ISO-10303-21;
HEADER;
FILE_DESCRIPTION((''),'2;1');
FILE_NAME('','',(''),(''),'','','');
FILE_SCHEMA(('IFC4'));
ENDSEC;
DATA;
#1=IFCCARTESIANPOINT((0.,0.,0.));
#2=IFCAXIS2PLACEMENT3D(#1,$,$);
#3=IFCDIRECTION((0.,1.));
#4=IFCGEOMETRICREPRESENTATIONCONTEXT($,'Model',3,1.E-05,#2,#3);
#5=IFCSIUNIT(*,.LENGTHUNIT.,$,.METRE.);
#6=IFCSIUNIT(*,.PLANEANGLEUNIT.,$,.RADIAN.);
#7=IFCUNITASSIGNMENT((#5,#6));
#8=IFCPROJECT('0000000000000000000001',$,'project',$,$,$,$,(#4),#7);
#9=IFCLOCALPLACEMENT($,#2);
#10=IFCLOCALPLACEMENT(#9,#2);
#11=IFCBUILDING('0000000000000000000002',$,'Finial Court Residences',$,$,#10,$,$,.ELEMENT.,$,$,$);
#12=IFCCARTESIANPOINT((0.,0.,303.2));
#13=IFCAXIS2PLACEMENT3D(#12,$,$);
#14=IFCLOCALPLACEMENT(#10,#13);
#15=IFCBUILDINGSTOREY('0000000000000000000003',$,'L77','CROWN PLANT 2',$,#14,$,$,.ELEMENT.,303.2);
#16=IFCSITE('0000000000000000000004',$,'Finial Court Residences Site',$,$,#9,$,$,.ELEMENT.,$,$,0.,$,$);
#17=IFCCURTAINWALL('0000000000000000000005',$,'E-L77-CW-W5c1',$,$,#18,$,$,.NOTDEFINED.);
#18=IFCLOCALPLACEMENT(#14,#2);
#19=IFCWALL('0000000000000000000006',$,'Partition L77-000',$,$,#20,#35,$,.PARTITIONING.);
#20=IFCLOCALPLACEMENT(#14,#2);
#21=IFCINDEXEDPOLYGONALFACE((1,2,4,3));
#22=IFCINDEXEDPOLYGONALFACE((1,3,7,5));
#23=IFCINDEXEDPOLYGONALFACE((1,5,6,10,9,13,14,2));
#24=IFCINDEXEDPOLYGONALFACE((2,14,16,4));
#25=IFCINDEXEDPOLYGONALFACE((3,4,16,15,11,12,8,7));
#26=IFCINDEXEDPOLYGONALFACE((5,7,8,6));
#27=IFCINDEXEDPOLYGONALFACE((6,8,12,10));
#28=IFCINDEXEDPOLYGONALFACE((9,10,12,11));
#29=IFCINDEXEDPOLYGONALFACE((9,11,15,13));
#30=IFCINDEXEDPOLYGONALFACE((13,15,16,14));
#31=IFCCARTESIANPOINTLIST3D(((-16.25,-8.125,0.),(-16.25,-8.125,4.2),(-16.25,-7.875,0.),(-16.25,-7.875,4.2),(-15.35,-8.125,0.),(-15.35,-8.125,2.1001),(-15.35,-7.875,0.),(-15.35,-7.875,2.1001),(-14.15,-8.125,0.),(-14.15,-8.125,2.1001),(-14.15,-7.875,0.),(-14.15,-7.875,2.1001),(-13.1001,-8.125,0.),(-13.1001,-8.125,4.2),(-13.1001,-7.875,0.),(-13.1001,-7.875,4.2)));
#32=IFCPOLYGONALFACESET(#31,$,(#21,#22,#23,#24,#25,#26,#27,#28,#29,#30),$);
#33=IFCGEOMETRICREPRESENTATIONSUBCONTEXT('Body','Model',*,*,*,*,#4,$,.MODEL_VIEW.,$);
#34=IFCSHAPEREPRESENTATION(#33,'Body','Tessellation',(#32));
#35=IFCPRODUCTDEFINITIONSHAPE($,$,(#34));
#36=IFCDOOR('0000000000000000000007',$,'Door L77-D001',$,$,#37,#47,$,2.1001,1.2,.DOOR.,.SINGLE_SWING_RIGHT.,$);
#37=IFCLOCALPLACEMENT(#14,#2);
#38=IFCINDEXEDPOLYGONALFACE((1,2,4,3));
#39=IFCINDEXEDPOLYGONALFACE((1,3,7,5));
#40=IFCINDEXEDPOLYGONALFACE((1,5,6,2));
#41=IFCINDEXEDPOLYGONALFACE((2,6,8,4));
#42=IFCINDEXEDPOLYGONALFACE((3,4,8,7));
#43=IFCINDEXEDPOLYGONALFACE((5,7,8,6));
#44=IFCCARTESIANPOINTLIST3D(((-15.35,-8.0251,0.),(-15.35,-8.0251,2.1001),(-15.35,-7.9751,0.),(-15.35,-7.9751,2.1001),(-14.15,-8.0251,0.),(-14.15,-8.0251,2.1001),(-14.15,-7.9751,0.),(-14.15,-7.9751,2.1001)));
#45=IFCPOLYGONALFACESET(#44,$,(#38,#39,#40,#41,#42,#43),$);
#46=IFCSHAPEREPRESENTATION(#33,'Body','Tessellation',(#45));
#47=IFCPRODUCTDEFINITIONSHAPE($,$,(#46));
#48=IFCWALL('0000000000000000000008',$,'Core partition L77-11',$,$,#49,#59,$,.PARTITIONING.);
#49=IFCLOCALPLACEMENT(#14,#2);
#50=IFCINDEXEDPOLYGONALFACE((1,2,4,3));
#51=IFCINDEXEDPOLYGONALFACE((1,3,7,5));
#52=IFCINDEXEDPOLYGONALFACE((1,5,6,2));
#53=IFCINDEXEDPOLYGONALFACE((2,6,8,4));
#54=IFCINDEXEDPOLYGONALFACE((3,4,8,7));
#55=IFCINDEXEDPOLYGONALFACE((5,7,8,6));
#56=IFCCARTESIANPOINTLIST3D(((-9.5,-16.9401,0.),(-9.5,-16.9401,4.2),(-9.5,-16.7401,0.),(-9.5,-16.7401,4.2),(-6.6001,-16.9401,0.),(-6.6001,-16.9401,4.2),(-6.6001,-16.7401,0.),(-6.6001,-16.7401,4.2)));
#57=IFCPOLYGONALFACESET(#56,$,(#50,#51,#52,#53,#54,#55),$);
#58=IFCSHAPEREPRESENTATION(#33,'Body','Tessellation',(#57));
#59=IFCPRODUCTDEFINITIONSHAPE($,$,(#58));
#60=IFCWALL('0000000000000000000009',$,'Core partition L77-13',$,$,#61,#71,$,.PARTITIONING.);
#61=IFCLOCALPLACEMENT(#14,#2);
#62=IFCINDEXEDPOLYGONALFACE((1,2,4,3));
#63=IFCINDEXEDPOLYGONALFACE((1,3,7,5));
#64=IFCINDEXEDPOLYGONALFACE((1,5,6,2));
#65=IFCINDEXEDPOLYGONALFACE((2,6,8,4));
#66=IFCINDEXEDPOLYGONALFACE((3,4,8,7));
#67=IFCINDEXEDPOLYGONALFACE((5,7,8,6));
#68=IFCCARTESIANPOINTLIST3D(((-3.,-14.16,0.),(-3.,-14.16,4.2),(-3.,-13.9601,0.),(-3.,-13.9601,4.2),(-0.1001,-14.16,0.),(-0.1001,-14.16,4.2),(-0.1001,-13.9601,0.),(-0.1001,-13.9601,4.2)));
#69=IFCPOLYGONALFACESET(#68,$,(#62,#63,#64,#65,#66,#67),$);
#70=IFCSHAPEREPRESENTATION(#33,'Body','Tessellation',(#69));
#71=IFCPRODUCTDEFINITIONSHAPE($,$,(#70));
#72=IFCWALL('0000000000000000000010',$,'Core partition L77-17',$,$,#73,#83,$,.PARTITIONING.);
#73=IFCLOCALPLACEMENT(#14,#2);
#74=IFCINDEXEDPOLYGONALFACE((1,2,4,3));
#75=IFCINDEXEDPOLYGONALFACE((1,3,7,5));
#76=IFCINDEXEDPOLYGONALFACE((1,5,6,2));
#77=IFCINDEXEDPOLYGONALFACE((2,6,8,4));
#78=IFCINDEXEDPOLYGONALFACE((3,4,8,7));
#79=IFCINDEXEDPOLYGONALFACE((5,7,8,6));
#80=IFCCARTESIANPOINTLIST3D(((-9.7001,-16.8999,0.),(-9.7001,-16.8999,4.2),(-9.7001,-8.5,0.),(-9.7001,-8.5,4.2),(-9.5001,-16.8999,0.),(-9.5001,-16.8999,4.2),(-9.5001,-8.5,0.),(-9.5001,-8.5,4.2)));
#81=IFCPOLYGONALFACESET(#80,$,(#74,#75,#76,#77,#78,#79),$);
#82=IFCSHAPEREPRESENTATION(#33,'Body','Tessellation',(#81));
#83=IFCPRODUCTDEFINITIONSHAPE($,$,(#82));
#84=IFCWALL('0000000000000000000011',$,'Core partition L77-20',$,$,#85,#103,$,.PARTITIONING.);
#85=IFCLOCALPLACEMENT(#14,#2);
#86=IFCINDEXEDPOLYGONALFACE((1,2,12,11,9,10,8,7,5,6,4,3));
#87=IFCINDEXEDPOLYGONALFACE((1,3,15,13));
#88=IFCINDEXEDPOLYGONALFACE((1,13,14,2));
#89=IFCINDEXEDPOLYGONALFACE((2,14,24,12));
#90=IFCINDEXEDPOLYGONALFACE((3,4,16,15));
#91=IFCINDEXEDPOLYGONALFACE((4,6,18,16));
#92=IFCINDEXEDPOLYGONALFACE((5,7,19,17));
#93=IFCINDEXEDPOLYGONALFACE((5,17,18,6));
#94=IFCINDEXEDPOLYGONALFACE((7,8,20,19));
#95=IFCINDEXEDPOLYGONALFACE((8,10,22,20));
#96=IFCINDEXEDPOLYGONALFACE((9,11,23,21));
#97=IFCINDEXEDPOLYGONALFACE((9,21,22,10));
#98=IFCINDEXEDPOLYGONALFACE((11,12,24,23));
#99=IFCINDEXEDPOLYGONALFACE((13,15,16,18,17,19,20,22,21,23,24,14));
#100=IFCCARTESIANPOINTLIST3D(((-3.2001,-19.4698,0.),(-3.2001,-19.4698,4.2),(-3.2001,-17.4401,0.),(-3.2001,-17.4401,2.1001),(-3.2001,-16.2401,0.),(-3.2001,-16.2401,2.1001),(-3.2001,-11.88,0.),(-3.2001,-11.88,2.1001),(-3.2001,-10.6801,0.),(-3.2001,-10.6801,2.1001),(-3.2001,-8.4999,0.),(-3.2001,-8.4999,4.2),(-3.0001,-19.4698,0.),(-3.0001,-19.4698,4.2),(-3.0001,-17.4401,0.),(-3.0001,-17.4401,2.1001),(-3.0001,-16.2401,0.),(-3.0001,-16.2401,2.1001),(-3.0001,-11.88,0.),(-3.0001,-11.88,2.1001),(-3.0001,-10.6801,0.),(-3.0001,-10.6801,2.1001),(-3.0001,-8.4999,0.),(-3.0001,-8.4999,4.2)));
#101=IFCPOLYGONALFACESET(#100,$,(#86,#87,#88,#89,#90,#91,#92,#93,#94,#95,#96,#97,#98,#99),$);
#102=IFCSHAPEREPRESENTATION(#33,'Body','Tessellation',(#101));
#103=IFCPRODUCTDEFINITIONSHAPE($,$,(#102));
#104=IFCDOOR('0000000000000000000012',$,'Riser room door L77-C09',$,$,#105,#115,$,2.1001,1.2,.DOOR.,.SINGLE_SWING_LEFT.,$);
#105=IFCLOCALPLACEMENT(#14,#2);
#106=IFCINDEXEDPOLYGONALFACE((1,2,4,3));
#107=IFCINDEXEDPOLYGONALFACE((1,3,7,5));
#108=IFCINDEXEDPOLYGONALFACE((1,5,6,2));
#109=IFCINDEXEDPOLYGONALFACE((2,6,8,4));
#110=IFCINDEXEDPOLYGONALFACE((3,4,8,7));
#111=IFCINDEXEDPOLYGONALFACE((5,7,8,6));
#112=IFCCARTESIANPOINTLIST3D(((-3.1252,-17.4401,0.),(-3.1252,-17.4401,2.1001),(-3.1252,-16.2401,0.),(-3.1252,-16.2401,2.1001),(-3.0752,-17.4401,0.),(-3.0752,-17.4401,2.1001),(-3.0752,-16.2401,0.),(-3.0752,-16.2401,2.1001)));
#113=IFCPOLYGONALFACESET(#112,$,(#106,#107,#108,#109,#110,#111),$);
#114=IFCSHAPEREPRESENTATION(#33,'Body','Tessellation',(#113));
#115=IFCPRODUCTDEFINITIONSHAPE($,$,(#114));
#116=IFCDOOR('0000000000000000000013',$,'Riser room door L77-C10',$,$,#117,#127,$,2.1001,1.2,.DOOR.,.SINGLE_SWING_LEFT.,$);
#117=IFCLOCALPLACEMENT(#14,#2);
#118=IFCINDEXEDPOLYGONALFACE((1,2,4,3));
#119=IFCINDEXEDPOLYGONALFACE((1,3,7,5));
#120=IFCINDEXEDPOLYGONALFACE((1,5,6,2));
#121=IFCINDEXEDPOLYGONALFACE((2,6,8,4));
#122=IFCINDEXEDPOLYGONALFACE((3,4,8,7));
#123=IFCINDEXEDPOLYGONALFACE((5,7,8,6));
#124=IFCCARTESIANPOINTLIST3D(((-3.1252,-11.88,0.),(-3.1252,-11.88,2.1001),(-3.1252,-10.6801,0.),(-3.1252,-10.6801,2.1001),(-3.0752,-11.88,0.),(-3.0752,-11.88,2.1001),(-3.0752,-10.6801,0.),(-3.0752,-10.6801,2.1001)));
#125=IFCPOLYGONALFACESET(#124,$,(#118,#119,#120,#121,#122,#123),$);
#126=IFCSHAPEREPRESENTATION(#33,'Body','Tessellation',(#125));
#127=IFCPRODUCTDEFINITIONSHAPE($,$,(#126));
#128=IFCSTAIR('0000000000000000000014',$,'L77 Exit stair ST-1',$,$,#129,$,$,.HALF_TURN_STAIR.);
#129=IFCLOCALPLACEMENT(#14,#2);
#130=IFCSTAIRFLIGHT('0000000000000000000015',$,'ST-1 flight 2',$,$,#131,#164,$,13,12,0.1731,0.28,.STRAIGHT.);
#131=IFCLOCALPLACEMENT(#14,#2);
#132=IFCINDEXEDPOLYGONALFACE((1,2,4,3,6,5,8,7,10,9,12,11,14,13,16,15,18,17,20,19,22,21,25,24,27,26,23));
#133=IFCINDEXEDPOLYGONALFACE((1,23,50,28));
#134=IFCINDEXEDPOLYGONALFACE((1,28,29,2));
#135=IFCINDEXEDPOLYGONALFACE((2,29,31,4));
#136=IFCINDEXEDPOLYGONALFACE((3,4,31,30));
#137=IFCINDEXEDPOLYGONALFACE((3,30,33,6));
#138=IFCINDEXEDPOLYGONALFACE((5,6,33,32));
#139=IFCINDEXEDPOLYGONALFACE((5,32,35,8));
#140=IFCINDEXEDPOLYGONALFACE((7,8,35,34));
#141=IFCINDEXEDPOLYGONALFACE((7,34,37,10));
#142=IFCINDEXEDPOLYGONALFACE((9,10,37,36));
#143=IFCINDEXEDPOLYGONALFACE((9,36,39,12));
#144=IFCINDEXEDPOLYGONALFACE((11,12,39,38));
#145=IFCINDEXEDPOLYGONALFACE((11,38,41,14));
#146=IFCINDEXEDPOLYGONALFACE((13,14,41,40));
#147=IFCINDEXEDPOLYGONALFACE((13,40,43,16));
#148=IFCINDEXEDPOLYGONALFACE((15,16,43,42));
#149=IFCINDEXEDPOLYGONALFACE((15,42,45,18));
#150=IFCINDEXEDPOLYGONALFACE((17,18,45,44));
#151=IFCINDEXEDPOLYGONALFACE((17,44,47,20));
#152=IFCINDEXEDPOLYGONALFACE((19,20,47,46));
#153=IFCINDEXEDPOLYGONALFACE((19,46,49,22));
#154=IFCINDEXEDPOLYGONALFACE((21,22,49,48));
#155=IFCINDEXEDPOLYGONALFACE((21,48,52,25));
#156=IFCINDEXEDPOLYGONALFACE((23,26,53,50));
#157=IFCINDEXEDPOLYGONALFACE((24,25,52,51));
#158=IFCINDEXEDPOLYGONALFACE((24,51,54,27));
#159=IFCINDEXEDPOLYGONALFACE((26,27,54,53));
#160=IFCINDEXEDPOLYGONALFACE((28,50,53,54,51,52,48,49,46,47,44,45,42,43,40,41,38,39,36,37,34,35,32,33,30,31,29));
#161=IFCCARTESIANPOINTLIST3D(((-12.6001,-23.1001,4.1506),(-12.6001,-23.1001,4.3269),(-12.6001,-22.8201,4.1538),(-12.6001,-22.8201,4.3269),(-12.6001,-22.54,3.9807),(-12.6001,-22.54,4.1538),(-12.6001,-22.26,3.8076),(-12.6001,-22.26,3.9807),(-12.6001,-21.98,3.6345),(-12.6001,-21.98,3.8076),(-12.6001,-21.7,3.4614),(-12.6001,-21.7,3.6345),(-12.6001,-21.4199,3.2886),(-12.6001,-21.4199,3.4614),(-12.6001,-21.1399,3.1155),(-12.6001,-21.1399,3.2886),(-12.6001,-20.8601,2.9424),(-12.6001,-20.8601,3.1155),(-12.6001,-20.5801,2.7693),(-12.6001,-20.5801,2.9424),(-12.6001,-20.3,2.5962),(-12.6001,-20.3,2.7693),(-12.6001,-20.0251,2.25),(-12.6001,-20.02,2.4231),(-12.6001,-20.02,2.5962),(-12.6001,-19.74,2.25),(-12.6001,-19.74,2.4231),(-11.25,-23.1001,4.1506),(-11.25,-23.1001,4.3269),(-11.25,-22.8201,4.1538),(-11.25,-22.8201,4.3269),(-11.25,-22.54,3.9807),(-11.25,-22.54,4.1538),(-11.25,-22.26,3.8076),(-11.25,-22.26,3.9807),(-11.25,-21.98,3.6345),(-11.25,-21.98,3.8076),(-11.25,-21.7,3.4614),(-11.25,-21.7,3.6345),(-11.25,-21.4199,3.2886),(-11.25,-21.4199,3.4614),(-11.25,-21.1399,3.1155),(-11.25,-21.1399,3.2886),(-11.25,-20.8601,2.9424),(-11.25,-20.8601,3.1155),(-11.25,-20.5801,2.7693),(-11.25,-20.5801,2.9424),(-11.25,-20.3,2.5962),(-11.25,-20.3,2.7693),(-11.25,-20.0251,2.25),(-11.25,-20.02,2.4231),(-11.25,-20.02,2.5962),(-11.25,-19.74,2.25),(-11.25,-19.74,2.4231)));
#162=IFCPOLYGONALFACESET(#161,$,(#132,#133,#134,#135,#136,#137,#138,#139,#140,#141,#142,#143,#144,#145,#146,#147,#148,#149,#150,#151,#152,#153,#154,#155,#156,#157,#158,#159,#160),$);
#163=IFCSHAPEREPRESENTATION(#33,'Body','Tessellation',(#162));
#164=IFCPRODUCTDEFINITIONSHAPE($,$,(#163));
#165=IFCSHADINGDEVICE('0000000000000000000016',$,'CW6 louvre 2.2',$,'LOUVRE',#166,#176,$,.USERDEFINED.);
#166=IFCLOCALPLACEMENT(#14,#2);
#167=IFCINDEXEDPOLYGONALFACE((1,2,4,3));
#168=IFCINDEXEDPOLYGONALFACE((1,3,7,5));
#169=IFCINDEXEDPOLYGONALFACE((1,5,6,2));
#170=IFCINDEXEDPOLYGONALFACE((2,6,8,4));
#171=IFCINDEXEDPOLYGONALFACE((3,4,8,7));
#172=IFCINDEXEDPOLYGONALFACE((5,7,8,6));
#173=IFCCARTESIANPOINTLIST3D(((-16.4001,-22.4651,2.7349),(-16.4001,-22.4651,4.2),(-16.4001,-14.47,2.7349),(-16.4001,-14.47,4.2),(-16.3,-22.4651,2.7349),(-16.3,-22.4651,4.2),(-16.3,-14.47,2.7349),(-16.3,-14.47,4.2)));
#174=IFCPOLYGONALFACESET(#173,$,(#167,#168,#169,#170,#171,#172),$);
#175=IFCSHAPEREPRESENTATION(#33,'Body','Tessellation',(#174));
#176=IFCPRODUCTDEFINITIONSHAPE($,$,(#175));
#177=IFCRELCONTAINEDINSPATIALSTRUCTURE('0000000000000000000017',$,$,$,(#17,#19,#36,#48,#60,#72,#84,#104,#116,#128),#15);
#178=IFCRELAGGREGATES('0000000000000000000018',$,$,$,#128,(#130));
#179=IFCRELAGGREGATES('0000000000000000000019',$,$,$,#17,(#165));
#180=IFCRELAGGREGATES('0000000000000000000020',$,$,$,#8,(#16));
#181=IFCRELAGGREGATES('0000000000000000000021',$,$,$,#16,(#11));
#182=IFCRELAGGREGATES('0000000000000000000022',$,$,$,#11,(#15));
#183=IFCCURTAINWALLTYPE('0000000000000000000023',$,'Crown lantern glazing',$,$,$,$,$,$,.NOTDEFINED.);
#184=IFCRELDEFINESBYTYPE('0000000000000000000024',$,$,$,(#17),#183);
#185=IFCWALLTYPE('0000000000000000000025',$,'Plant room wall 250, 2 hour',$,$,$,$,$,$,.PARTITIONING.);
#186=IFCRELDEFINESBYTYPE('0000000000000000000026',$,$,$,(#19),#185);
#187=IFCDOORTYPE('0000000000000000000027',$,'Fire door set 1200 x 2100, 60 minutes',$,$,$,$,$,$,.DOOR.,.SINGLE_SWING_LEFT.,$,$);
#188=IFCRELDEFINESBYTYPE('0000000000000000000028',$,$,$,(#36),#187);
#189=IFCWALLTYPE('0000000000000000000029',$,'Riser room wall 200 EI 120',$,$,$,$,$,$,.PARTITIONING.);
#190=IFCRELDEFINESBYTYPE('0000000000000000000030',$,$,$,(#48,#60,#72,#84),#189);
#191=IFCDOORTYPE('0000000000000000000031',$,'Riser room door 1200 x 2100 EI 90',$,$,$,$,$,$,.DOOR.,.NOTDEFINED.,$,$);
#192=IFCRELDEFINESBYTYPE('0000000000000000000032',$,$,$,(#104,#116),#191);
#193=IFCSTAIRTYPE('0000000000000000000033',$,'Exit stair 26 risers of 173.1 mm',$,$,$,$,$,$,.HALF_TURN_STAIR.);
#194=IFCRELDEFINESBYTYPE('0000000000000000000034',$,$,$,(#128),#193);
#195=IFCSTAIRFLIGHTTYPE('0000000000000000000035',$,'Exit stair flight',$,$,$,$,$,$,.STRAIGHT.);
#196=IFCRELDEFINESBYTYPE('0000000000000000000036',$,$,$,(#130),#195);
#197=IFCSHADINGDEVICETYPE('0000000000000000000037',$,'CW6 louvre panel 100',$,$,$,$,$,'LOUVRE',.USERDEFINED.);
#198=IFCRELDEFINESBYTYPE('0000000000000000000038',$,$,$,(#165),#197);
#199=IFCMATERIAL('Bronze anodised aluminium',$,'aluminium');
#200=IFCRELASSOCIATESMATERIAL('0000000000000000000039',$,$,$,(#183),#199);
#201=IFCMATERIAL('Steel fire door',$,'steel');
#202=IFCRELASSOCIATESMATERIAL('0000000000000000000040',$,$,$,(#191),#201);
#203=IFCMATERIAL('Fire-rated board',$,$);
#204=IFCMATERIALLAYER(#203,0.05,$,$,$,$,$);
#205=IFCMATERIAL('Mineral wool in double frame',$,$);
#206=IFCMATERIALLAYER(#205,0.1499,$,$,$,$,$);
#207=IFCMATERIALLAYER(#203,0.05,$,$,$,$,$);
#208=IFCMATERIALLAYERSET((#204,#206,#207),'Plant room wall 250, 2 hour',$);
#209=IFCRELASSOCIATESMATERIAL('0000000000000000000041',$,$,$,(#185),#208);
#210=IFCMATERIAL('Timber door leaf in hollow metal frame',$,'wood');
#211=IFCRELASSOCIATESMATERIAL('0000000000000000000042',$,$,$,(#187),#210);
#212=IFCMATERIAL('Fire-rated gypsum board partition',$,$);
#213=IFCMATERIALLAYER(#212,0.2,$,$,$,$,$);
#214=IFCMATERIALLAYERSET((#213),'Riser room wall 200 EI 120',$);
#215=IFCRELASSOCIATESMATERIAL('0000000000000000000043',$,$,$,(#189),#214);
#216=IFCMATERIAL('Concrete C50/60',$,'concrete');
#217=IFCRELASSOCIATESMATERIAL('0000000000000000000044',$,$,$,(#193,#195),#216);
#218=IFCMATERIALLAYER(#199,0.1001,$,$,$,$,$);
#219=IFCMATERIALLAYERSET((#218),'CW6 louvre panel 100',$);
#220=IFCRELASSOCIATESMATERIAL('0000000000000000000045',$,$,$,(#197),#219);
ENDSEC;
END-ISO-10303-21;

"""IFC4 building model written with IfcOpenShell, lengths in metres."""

from ifc_helpers import new_model, si_unit, direction, frame, frame_2d, origin, origin_2d, place, context, subcontext, project, spatial, polyline, rectangle, outline, extrude, material, layer, layer_set, type_object, element, fill, aggregate, save


model = new_model("IFC4")

# Units and contexts
model_context = context("Model", 3, precision=1e-05, world=origin(), true_north=direction((0.0, 1.0)))
body_context = subcontext(model_context, "Body", "Model", "MODEL_VIEW")
ifc_project = project(units=[si_unit("LENGTHUNIT", "METRE"), si_unit("PLANEANGLEUNIT", "RADIAN")], contexts=[model_context])

# Site, building, storey
site_placement = place(None, origin())
site = spatial("IfcSite", under=ifc_project, at=site_placement, Name="Finial Court Residences Site", CompositionType="ELEMENT", RefElevation=0.0)
building_placement = place(site_placement, origin())
building = spatial("IfcBuilding", under=site, at=building_placement, Name="Finial Court Residences", CompositionType="ELEMENT")
storey_placement = place(building_placement, frame((0.0, 0.0, 303.2)))
storey = spatial("IfcBuildingStorey", under=building, at=storey_placement, Name="L77", Description="CROWN PLANT 2", CompositionType="ELEMENT", Elevation=303.2)

# Curtain wall
ifc_material_1 = material(Name="Bronze anodised aluminium", Category="aluminium")
curtain_wall_type = type_object("IfcCurtainWallType", Name="Crown lantern glazing", PredefinedType="NOTDEFINED", material=ifc_material_1)
curtain_wall_1_placement = place(storey_placement, origin())
curtain_wall_1 = element("IfcCurtainWall", 1, at=curtain_wall_1_placement, inside=storey, type_object=curtain_wall_type, Name="E-L77-CW-W5c1", PredefinedType="NOTDEFINED")

# Shared definitions
ifc_material_2 = material(Name="Concrete C50/60", Category="concrete")
ifc_material_3 = material(Name="Steel fire door", Category="steel")
door_type_1 = type_object("IfcDoorType", Name="Riser room door 1200 x 2100 EI 90", OperationType="NOTDEFINED", PredefinedType="DOOR", material=ifc_material_3)

# Wall, opening, door
ifc_material_4 = material(Name="Fire-rated board")
ifc_layer_1 = layer(ifc_material_4, 0.05)
ifc_material_5 = material(Name="Mineral wool in double frame")
ifc_layer_2 = layer(ifc_material_5, 0.1499)
ifc_layer_3 = layer(ifc_material_4, 0.05)
ifc_layer_set_1 = layer_set([ifc_layer_1, ifc_layer_2, ifc_layer_3], Name="Plant room wall 250, 2 hour")
wall_type_1 = type_object("IfcWallType", Name="Plant room wall 250, 2 hour", PredefinedType="PARTITIONING", material=ifc_layer_set_1)
wall_1_placement = place(storey_placement, frame((-16.25, -8.0, 0.0), z_axis=(0.0, 0.0, 1.0), x_axis=(1.0, 0.0, 0.0)))
wall_1 = element("IfcWall", 2, at=wall_1_placement, inside=storey, type_object=wall_type_1, Name="Partition L77-000", PredefinedType="PARTITIONING", context=body_context, shape_type="SweptSolid", body=[
    extrude(rectangle(XDim=3.1499, YDim=0.25, at=frame_2d((1.575, 0.0))), origin(), (0.0, 0.0, 1.0), 4.2),
])
opening_1_placement = place(wall_1_placement, frame((0.8999, 0.0, 0.0)))
opening_1 = element("IfcOpeningElement", 3, at=opening_1_placement, cuts=wall_1, PredefinedType="OPENING", context=body_context, shape_type="SweptSolid", body=[
    extrude(rectangle(XDim=1.2, YDim=2.1001, at=frame_2d((0.6001, 1.05))), frame((0.0, 0.135, 0.0), z_axis=(0.0, -1.0, 0.0), x_axis=(1.0, 0.0, 0.0)), (0.0, 0.0, 1.0), 0.27),
])
ifc_material_6 = material(Name="Timber door leaf in hollow metal frame", Category="wood")
door_type_2 = type_object("IfcDoorType", Name="Fire door set 1200 x 2100, 60 minutes", OperationType="SINGLE_SWING_LEFT", PredefinedType="DOOR", material=ifc_material_6)
door_1_placement = place(opening_1_placement, origin())
door_1 = element("IfcDoor", 4, at=door_1_placement, inside=storey, type_object=door_type_2, Name="Door L77-D001", OperationType="SINGLE_SWING_RIGHT", OverallHeight=2.1001, OverallWidth=1.2, PredefinedType="DOOR", context=body_context, shape_type="SweptSolid", body=[
    extrude(rectangle(XDim=1.2, YDim=2.1001, at=frame_2d((0.6001, 1.05))), frame((0.0, 0.0249, 0.0), z_axis=(0.0, -1.0, 0.0), x_axis=(1.0, 0.0, 0.0)), (0.0, 0.0, 1.0), 0.05),
])
fill(opening_1, door_1)

# Walls
ifc_material_7 = material(Name="Fire-rated gypsum board partition")
ifc_layer_4 = layer(ifc_material_7, 0.2)
ifc_layer_set_2 = layer_set([ifc_layer_4], Name="Riser room wall 200 EI 120")
wall_type_2 = type_object("IfcWallType", Name="Riser room wall 200 EI 120", PredefinedType="PARTITIONING", material=ifc_layer_set_2)
for number, where, z_axis, x_axis, name in (
    (5, (-9.5, -16.8401, 0.0), (0.0, 0.0, 1.0), (1.0, 0.0, 0.0), "Core partition L77-11"),
    (6, (-3.0, -14.0601, 0.0), (0.0, 0.0, 1.0), (1.0, 0.0, 0.0), "Core partition L77-13"),
):
    element("IfcWall", number, at=place(storey_placement, frame(where, z_axis=z_axis, x_axis=x_axis)), inside=storey, type_object=wall_type_2, Name=name, PredefinedType="PARTITIONING", context=body_context, shape_type="SweptSolid", body=[
        extrude(rectangle(XDim=2.8999, YDim=0.2, at=frame_2d((1.45, 0.0))), origin(), (0.0, 0.0, 1.0), 4.2),
    ])
wall_2_placement = place(storey_placement, frame((-9.6001, -16.8999, 0.0), z_axis=(0.0, 0.0, 1.0), x_axis=(0.0, 1.0, 0.0)))
element("IfcWall", 7, at=wall_2_placement, inside=storey, type_object=wall_type_2, Name="Core partition L77-17", PredefinedType="PARTITIONING", context=body_context, shape_type="SweptSolid", body=[
    extrude(rectangle(XDim=8.3999, YDim=0.2, at=frame_2d((4.2, 0.0))), origin(), (0.0, 0.0, 1.0), 4.2),
])

# Wall, openings, doors
wall_3_placement = place(storey_placement, frame((-3.1001, -8.5, 0.0), z_axis=(0.0, 0.0, 1.0), x_axis=(0.0, -1.0, 0.0)))
wall_3 = element("IfcWall", 8, at=wall_3_placement, inside=storey, type_object=wall_type_2, Name="Core partition L77-20", PredefinedType="PARTITIONING", context=body_context, shape_type="SweptSolid", body=[
    extrude(rectangle(XDim=10.97, YDim=0.2, at=frame_2d((5.4849, 0.0))), origin(), (0.0, 0.0, 1.0), 4.2),
])
opening_2_placement = place(wall_3_placement, frame((7.74, 0.0, 0.0)))
opening_2 = element("IfcOpeningElement", 9, at=opening_2_placement, cuts=wall_3, PredefinedType="OPENING", context=body_context, shape_type="SweptSolid", body=[
    extrude(rectangle(XDim=1.2, YDim=2.1001, at=frame_2d((0.6001, 1.05))), frame((0.0, 0.1099, 0.0), z_axis=(0.0, -1.0, 0.0), x_axis=(1.0, 0.0, 0.0)), (0.0, 0.0, 1.0), 0.22),
])
opening_3_placement = place(wall_3_placement, frame((2.1799, 0.0, 0.0)))
opening_3 = element("IfcOpeningElement", 10, at=opening_3_placement, cuts=wall_3, PredefinedType="OPENING", context=body_context, shape_type="SweptSolid", body=[
    extrude(rectangle(XDim=1.2, YDim=2.1001, at=frame_2d((0.6001, 1.05))), frame((0.0, 0.1099, 0.0), z_axis=(0.0, -1.0, 0.0), x_axis=(1.0, 0.0, 0.0)), (0.0, 0.0, 1.0), 0.22),
])
door_2_placement = place(opening_2_placement, origin())
door_2 = element("IfcDoor", 11, at=door_2_placement, inside=storey, type_object=door_type_1, Name="Riser room door L77-C09", OperationType="SINGLE_SWING_LEFT", OverallHeight=2.1001, OverallWidth=1.2, PredefinedType="DOOR", context=body_context, shape_type="SweptSolid", body=[
    extrude(rectangle(XDim=1.2, YDim=2.1001, at=frame_2d((0.6001, 1.05))), frame((0.0, 0.0249, 0.0), z_axis=(0.0, -1.0, 0.0), x_axis=(1.0, 0.0, 0.0)), (0.0, 0.0, 1.0), 0.05),
])
fill(opening_2, door_2)
door_3_placement = place(opening_3_placement, origin())
door_3 = element("IfcDoor", 12, at=door_3_placement, inside=storey, type_object=door_type_1, Name="Riser room door L77-C10", OperationType="SINGLE_SWING_LEFT", OverallHeight=2.1001, OverallWidth=1.2, PredefinedType="DOOR", context=body_context, shape_type="SweptSolid", body=[
    extrude(rectangle(XDim=1.2, YDim=2.1001, at=frame_2d((0.6001, 1.05))), frame((0.0, 0.0249, 0.0), z_axis=(0.0, -1.0, 0.0), x_axis=(1.0, 0.0, 0.0)), (0.0, 0.0, 1.0), 0.05),
])
fill(opening_3, door_3)

# Stair, stair flight
stair_type = type_object("IfcStairType", Name="Exit stair 26 risers of 173.1 mm", PredefinedType="HALF_TURN_STAIR", material=ifc_material_2)
stair_placement = place(storey_placement, origin())
stair = element("IfcStair", 13, at=stair_placement, inside=storey, type_object=stair_type, Name="L77 Exit stair ST-1", PredefinedType="HALF_TURN_STAIR")
stair_flight_type = type_object("IfcStairFlightType", Name="Exit stair flight", PredefinedType="STRAIGHT", material=ifc_material_2)
stair_flight_placement = place(storey_placement, frame((-11.925, -19.74, 2.25), z_axis=(0.0, 0.0, 1.0), x_axis=(0.0, -1.0, 0.0)))
stair_flight = element("IfcStairFlight", 14, at=stair_flight_placement, type_object=stair_flight_type, Name="ST-1 flight 2", NumberOfRisers=13, NumberOfTreads=12, PredefinedType="STRAIGHT", RiserHeight=0.1731, TreadLength=0.28, context=body_context, shape_type="SweptSolid", body=[
    extrude(outline(polyline([(0.0, 0.0), (0.0, 0.1731), (0.28, 0.1731), (0.28, 0.3462), (0.5601, 0.3462), (0.5601, 0.5193), (0.8401, 0.5193), (0.8401, 0.6924), (1.1201, 0.6924), (1.1201, 0.8655), (1.3999, 0.8655), (1.3999, 1.0386), (1.6799, 1.0386), (1.6799, 1.2114), (1.96, 1.2114), (1.96, 1.3845), (2.24, 1.3845), (2.24, 1.5576), (2.52, 1.5576), (2.52, 1.7307), (2.8, 1.7307), (2.8, 1.9038), (3.0801, 1.9038), (3.0801, 2.0769), (3.3601, 2.0769), (3.3601, 2.25), (3.3601, 1.9006), (0.2852, 0.0), (0.0, 0.0)])), frame((0.0, 0.675, 0.0), z_axis=(0.0, -1.0, 0.0), x_axis=(1.0, 0.0, 0.0)), (0.0, 0.0, 1.0), 1.3501),
])
aggregate(stair, [stair_flight])

# Shading device
ifc_layer_5 = layer(ifc_material_1, 0.1001)
ifc_layer_set_3 = layer_set([ifc_layer_5], Name="CW6 louvre panel 100")
shading_device_type = type_object("IfcShadingDeviceType", Name="CW6 louvre panel 100", ElementType="LOUVRE", PredefinedType="USERDEFINED", material=ifc_layer_set_3)
shading_device_1_placement = place(storey_placement, frame((-16.3501, -18.4675, 2.7349), z_axis=(0.0, 0.0, 1.0), x_axis=(0.0, 1.0, 0.0)))
shading_device_1 = element("IfcShadingDevice", 15, at=shading_device_1_placement, type_object=shading_device_type, Name="CW6 louvre 2.2", ObjectType="LOUVRE", PredefinedType="USERDEFINED", context=body_context, shape_type="SweptSolid", body=[
    extrude(rectangle(XDim=7.9951, YDim=0.1001, at=origin_2d()), origin(), (0.0, 0.0, 1.0), 1.4651),
])
aggregate(curtain_wall_1, [shading_device_1])

save(model, "model.ifc")
